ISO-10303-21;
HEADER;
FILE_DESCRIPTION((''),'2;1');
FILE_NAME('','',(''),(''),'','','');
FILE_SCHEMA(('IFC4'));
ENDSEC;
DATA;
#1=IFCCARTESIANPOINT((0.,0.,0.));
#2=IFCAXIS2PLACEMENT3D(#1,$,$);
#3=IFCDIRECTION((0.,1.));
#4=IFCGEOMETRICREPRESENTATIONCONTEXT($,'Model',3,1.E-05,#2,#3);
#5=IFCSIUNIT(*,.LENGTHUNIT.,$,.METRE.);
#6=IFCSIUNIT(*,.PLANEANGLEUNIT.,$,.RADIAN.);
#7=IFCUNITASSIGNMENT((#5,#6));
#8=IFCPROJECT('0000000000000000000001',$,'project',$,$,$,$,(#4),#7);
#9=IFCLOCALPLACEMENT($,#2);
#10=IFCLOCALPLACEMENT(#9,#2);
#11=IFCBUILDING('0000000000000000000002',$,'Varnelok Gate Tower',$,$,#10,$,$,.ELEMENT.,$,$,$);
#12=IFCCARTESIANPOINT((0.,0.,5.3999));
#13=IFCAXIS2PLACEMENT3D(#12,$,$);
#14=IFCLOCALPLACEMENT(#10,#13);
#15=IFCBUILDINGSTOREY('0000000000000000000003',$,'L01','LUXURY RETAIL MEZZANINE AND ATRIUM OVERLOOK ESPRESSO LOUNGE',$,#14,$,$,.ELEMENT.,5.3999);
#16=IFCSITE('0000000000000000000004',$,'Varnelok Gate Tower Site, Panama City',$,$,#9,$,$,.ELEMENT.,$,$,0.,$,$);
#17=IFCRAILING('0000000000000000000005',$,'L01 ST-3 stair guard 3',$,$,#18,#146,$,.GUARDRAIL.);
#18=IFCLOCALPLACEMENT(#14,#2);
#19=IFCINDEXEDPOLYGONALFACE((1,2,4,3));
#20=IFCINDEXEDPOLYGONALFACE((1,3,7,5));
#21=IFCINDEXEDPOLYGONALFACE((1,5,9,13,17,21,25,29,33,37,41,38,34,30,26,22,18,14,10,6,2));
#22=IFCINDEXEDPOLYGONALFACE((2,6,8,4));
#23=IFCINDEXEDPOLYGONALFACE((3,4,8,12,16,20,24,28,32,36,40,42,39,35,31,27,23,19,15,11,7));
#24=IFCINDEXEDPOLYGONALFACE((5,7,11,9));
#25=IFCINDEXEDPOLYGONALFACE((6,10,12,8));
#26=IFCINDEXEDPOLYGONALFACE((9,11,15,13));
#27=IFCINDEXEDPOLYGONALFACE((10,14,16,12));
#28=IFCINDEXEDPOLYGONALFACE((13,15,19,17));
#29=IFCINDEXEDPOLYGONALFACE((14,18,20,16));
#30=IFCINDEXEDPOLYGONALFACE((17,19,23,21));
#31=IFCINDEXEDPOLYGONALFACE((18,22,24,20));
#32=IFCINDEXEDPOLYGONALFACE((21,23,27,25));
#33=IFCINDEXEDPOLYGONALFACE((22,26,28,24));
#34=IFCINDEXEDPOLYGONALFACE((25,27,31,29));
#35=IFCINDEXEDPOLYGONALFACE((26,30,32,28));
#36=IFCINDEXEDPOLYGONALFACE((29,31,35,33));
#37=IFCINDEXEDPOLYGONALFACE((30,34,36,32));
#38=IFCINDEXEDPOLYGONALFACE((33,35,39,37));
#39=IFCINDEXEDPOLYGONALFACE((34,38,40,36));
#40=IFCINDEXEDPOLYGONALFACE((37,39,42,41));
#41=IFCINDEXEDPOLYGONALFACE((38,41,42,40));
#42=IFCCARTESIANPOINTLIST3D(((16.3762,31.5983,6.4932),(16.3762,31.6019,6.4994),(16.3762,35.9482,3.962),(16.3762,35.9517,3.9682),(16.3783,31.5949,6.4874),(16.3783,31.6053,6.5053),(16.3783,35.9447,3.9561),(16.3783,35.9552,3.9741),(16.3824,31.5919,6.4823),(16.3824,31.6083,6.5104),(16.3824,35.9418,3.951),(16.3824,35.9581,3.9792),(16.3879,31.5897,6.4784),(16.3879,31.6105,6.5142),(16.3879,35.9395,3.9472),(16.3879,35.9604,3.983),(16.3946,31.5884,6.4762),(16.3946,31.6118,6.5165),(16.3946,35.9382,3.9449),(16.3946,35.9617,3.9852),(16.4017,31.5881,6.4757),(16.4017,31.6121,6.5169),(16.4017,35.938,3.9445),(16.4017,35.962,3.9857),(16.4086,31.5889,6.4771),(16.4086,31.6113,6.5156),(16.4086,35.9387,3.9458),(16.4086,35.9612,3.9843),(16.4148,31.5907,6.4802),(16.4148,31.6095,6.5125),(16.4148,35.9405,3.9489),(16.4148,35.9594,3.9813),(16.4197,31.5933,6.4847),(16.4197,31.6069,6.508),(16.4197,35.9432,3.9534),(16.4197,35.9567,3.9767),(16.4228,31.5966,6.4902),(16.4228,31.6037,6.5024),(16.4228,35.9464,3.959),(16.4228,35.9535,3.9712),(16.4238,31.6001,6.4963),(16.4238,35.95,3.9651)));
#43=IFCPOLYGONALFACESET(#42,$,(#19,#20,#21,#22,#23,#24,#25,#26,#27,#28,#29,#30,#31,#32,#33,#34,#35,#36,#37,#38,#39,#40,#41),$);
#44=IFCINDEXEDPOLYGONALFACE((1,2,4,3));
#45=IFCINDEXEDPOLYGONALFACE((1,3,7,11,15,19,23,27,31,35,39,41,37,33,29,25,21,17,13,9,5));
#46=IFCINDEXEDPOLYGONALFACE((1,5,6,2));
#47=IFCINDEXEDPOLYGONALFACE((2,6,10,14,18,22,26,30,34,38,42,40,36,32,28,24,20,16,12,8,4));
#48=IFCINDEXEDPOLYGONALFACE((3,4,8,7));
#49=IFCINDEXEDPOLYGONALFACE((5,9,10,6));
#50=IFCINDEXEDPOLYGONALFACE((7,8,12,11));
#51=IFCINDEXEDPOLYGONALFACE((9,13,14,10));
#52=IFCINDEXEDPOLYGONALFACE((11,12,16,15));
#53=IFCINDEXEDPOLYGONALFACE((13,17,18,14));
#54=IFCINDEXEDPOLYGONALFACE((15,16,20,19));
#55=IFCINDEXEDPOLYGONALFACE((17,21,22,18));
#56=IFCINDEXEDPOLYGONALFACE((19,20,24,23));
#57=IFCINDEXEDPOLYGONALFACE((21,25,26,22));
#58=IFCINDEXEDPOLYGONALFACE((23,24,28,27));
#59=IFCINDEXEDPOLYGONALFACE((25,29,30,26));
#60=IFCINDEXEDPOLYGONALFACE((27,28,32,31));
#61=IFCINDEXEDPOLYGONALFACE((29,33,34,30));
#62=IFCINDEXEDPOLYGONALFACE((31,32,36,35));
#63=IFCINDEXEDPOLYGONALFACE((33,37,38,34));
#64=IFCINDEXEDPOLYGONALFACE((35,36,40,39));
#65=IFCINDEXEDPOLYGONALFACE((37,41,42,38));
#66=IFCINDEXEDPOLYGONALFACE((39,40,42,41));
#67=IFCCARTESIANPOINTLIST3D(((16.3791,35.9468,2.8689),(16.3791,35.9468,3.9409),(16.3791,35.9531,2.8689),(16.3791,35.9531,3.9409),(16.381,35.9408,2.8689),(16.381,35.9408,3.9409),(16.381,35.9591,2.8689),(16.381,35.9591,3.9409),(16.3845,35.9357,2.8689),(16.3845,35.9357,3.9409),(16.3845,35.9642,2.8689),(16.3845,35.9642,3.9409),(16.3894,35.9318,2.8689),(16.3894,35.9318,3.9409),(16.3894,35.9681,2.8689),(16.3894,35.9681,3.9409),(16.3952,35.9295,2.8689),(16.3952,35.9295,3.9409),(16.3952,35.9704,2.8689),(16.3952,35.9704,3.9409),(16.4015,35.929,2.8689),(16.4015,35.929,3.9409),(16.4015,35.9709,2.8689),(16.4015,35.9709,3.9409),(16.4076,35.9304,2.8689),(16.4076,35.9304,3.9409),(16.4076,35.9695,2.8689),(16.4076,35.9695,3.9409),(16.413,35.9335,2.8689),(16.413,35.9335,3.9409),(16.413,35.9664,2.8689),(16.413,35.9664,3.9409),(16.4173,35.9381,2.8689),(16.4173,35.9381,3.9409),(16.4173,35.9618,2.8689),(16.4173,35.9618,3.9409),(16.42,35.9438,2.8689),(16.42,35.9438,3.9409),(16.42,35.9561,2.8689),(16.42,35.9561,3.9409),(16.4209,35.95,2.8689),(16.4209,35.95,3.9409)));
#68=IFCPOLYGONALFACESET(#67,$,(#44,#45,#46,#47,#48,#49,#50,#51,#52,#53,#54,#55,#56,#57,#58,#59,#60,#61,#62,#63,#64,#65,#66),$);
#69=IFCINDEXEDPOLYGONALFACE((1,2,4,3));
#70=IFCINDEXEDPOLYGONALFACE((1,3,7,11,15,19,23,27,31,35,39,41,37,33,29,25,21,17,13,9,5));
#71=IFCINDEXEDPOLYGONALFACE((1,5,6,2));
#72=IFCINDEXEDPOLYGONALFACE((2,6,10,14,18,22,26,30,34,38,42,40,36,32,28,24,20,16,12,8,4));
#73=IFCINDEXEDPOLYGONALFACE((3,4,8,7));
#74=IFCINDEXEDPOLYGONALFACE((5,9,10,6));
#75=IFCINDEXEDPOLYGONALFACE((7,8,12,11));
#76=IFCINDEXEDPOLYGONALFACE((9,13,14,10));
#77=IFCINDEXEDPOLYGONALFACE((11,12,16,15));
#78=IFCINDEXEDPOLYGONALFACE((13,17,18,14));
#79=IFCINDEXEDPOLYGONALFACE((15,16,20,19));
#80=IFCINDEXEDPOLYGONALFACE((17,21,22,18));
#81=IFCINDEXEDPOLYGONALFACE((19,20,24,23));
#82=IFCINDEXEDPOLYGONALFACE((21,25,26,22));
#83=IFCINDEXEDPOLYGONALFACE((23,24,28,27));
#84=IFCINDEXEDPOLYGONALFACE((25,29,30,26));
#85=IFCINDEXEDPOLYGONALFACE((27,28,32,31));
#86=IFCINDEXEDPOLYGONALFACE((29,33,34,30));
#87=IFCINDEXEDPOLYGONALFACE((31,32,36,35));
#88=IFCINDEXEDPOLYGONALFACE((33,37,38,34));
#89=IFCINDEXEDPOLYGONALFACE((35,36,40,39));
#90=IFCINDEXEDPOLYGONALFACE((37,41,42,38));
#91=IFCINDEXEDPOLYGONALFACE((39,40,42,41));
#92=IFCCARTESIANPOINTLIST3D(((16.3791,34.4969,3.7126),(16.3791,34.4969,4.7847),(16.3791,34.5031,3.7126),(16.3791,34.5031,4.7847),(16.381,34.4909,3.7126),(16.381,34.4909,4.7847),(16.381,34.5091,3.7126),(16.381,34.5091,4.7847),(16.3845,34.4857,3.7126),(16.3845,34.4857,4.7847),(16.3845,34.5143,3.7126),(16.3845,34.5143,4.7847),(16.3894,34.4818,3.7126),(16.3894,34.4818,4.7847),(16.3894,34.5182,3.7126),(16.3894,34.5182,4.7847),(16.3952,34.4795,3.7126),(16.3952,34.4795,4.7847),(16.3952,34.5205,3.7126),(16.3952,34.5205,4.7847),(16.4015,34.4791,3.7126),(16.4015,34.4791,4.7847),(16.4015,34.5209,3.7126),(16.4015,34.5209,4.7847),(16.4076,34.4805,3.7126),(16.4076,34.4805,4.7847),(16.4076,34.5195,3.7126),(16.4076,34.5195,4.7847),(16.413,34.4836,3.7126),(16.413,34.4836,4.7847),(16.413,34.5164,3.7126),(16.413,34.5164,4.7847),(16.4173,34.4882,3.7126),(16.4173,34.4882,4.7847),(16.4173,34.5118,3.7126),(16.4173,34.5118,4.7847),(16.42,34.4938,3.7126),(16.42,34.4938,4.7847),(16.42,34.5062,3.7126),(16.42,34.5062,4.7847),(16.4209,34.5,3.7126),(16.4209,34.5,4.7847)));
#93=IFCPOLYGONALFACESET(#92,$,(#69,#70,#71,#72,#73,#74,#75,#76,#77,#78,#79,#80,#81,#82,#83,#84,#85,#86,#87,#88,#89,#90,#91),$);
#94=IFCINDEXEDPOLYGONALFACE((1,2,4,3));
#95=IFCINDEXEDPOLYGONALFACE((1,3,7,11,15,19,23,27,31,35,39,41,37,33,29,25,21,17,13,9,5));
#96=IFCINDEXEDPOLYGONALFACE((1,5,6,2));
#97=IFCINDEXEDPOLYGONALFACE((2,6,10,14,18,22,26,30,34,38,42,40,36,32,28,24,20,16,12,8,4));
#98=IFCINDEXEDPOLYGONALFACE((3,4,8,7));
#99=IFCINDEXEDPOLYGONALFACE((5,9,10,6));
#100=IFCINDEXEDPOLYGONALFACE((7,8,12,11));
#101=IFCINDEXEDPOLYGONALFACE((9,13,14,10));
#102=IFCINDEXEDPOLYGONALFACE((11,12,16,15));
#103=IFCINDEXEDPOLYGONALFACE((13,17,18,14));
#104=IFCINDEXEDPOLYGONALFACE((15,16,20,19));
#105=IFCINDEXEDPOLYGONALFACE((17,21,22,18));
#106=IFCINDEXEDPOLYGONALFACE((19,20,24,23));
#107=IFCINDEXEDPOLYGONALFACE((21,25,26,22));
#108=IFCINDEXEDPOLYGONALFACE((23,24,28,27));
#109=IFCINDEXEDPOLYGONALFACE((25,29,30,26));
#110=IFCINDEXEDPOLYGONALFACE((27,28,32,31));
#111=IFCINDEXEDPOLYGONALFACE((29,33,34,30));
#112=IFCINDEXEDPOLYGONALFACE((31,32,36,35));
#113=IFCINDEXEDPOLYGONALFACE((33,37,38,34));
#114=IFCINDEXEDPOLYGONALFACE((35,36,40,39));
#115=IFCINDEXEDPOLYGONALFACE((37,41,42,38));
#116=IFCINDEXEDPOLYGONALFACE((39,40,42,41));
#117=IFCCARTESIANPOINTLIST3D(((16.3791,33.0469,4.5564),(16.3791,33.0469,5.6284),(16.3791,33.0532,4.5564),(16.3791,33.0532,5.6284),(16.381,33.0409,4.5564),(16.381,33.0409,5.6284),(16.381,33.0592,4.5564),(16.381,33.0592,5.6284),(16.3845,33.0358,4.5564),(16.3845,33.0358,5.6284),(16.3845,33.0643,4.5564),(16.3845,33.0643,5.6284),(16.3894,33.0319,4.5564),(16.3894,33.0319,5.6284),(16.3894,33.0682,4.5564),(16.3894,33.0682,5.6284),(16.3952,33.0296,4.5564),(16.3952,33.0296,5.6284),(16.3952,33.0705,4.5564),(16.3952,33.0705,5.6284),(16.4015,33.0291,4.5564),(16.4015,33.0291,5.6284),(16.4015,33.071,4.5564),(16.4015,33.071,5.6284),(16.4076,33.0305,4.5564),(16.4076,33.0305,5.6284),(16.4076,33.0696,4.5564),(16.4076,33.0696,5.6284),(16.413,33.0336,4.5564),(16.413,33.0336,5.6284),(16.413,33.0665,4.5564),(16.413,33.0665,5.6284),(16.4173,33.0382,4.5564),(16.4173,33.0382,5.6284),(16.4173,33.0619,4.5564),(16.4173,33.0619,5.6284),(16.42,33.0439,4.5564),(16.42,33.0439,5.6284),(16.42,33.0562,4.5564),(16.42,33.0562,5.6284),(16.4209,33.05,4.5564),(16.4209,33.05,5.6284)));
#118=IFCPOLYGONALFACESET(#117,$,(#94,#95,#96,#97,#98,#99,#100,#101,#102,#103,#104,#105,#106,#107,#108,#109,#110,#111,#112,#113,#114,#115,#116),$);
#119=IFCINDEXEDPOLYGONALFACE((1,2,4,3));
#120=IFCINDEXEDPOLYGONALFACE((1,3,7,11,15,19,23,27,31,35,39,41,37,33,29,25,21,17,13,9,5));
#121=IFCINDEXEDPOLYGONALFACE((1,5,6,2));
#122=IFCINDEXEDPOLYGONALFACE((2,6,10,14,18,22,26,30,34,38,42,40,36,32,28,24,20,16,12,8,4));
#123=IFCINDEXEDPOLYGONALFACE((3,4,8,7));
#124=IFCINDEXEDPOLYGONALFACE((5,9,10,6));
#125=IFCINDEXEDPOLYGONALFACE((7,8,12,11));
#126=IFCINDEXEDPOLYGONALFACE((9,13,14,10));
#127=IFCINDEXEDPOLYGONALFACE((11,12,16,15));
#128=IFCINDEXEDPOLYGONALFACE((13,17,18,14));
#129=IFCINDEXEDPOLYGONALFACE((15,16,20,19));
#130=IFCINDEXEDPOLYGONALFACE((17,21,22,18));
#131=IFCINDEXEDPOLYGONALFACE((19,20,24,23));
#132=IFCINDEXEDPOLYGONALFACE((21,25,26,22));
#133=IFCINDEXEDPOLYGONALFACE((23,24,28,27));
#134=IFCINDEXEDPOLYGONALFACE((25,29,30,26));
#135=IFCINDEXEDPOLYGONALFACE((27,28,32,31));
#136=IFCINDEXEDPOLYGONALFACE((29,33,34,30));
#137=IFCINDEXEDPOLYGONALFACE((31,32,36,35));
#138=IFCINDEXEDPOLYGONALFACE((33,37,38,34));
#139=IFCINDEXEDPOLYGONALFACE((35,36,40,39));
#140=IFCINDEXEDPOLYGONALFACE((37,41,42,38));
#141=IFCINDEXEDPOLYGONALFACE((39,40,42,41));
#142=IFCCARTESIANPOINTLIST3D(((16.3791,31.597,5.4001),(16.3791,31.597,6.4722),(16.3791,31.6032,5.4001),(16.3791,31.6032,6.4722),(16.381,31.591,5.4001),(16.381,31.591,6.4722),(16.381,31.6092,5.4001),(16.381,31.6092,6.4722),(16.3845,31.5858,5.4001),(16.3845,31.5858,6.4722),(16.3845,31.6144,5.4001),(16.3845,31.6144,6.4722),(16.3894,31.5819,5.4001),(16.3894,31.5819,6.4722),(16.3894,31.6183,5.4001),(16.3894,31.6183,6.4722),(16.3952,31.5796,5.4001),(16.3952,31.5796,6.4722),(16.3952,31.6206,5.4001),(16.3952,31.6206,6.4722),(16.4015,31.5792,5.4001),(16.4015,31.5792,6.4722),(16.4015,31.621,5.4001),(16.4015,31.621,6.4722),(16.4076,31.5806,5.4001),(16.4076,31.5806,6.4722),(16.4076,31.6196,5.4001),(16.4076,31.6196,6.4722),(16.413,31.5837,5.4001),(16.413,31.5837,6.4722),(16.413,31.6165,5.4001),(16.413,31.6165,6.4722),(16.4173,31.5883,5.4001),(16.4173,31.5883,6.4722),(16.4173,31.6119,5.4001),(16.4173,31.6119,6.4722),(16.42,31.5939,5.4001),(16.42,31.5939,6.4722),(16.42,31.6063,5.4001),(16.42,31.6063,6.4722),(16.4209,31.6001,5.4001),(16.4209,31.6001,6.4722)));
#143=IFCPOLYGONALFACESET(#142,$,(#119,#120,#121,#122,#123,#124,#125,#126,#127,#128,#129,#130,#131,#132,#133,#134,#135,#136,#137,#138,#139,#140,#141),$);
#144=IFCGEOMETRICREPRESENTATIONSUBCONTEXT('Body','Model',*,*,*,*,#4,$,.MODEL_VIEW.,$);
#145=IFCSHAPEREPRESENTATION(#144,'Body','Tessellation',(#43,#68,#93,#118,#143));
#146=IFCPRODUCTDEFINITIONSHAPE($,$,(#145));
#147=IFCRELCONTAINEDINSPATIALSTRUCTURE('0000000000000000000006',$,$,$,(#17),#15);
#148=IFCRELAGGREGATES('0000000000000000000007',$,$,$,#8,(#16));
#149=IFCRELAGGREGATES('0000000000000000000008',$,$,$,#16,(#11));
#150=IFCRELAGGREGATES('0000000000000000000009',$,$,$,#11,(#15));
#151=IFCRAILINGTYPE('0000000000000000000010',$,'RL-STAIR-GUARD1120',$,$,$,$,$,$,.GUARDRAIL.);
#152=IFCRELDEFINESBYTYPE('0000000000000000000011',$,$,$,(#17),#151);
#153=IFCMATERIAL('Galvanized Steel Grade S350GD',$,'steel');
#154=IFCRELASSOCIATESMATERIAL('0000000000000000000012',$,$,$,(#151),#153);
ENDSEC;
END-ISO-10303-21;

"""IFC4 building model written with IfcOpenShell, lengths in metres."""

from ifc_helpers import new_model, si_unit, direction, frame, origin, origin_2d, place, context, subcontext, project, spatial, circle, extrude, material, type_object, element, save


model = new_model("IFC4")

# Units and contexts
model_context = context("Model", 3, precision=1e-05, world=origin(), true_north=direction((0.0, 1.0)))
body_context = subcontext(model_context, "Body", "Model", "MODEL_VIEW")
ifc_project = project(units=[si_unit("LENGTHUNIT", "METRE"), si_unit("PLANEANGLEUNIT", "RADIAN")], contexts=[model_context])

# Site, building, storey
site_placement = place(None, origin())
site = spatial("IfcSite", under=ifc_project, at=site_placement, Name="Varnelok Gate Tower Site, Panama City", CompositionType="ELEMENT", RefElevation=0.0)
building_placement = place(site_placement, origin())
building = spatial("IfcBuilding", under=site, at=building_placement, Name="Varnelok Gate Tower", CompositionType="ELEMENT")
storey_placement = place(building_placement, frame((0.0, 0.0, 5.3999)))
storey = spatial("IfcBuildingStorey", under=building, at=storey_placement, Name="L01", Description="LUXURY RETAIL MEZZANINE AND ATRIUM OVERLOOK ESPRESSO LOUNGE", CompositionType="ELEMENT", Elevation=5.3999)

# Shared definitions
ifc_material_1 = material(Name="Galvanized Steel Grade S350GD", Category="steel")

# Railing
railing_type_1 = type_object("IfcRailingType", Name="RL-STAIR-GUARD1120", PredefinedType="GUARDRAIL", material=ifc_material_1)
railing_1_placement = place(storey_placement, frame((16.3999, 35.95, 2.8689)))
element("IfcRailing", 1, at=railing_1_placement, inside=storey, type_object=railing_type_1, Name="L01 ST-3 stair guard 3", PredefinedType="GUARDRAIL", context=body_context, shape_type="SweptSolid", body=[
    extrude(circle(Radius=0.0239, at=origin_2d()), frame((0.0, 0.0, 1.0962), z_axis=(0.0, -0.864312, 0.502957), x_axis=(1.0, 0.0, 0.0)), (0.0, 0.0, 1.0), 5.0327),
    extrude(circle(Radius=0.021, at=origin_2d()), origin(), (0.0, 0.0, 1.0), 1.072),
    extrude(circle(Radius=0.021, at=origin_2d()), frame((0.0, -1.45, 0.8438)), (0.0, 0.0, 1.0), 1.072),
    extrude(circle(Radius=0.021, at=origin_2d()), frame((0.0, -2.8999, 1.6875)), (0.0, 0.0, 1.0), 1.072),
    extrude(circle(Radius=0.021, at=origin_2d()), frame((0.0, -4.3499, 2.5312)), (0.0, 0.0, 1.0), 1.072),
])

save(model, "model.ifc")
